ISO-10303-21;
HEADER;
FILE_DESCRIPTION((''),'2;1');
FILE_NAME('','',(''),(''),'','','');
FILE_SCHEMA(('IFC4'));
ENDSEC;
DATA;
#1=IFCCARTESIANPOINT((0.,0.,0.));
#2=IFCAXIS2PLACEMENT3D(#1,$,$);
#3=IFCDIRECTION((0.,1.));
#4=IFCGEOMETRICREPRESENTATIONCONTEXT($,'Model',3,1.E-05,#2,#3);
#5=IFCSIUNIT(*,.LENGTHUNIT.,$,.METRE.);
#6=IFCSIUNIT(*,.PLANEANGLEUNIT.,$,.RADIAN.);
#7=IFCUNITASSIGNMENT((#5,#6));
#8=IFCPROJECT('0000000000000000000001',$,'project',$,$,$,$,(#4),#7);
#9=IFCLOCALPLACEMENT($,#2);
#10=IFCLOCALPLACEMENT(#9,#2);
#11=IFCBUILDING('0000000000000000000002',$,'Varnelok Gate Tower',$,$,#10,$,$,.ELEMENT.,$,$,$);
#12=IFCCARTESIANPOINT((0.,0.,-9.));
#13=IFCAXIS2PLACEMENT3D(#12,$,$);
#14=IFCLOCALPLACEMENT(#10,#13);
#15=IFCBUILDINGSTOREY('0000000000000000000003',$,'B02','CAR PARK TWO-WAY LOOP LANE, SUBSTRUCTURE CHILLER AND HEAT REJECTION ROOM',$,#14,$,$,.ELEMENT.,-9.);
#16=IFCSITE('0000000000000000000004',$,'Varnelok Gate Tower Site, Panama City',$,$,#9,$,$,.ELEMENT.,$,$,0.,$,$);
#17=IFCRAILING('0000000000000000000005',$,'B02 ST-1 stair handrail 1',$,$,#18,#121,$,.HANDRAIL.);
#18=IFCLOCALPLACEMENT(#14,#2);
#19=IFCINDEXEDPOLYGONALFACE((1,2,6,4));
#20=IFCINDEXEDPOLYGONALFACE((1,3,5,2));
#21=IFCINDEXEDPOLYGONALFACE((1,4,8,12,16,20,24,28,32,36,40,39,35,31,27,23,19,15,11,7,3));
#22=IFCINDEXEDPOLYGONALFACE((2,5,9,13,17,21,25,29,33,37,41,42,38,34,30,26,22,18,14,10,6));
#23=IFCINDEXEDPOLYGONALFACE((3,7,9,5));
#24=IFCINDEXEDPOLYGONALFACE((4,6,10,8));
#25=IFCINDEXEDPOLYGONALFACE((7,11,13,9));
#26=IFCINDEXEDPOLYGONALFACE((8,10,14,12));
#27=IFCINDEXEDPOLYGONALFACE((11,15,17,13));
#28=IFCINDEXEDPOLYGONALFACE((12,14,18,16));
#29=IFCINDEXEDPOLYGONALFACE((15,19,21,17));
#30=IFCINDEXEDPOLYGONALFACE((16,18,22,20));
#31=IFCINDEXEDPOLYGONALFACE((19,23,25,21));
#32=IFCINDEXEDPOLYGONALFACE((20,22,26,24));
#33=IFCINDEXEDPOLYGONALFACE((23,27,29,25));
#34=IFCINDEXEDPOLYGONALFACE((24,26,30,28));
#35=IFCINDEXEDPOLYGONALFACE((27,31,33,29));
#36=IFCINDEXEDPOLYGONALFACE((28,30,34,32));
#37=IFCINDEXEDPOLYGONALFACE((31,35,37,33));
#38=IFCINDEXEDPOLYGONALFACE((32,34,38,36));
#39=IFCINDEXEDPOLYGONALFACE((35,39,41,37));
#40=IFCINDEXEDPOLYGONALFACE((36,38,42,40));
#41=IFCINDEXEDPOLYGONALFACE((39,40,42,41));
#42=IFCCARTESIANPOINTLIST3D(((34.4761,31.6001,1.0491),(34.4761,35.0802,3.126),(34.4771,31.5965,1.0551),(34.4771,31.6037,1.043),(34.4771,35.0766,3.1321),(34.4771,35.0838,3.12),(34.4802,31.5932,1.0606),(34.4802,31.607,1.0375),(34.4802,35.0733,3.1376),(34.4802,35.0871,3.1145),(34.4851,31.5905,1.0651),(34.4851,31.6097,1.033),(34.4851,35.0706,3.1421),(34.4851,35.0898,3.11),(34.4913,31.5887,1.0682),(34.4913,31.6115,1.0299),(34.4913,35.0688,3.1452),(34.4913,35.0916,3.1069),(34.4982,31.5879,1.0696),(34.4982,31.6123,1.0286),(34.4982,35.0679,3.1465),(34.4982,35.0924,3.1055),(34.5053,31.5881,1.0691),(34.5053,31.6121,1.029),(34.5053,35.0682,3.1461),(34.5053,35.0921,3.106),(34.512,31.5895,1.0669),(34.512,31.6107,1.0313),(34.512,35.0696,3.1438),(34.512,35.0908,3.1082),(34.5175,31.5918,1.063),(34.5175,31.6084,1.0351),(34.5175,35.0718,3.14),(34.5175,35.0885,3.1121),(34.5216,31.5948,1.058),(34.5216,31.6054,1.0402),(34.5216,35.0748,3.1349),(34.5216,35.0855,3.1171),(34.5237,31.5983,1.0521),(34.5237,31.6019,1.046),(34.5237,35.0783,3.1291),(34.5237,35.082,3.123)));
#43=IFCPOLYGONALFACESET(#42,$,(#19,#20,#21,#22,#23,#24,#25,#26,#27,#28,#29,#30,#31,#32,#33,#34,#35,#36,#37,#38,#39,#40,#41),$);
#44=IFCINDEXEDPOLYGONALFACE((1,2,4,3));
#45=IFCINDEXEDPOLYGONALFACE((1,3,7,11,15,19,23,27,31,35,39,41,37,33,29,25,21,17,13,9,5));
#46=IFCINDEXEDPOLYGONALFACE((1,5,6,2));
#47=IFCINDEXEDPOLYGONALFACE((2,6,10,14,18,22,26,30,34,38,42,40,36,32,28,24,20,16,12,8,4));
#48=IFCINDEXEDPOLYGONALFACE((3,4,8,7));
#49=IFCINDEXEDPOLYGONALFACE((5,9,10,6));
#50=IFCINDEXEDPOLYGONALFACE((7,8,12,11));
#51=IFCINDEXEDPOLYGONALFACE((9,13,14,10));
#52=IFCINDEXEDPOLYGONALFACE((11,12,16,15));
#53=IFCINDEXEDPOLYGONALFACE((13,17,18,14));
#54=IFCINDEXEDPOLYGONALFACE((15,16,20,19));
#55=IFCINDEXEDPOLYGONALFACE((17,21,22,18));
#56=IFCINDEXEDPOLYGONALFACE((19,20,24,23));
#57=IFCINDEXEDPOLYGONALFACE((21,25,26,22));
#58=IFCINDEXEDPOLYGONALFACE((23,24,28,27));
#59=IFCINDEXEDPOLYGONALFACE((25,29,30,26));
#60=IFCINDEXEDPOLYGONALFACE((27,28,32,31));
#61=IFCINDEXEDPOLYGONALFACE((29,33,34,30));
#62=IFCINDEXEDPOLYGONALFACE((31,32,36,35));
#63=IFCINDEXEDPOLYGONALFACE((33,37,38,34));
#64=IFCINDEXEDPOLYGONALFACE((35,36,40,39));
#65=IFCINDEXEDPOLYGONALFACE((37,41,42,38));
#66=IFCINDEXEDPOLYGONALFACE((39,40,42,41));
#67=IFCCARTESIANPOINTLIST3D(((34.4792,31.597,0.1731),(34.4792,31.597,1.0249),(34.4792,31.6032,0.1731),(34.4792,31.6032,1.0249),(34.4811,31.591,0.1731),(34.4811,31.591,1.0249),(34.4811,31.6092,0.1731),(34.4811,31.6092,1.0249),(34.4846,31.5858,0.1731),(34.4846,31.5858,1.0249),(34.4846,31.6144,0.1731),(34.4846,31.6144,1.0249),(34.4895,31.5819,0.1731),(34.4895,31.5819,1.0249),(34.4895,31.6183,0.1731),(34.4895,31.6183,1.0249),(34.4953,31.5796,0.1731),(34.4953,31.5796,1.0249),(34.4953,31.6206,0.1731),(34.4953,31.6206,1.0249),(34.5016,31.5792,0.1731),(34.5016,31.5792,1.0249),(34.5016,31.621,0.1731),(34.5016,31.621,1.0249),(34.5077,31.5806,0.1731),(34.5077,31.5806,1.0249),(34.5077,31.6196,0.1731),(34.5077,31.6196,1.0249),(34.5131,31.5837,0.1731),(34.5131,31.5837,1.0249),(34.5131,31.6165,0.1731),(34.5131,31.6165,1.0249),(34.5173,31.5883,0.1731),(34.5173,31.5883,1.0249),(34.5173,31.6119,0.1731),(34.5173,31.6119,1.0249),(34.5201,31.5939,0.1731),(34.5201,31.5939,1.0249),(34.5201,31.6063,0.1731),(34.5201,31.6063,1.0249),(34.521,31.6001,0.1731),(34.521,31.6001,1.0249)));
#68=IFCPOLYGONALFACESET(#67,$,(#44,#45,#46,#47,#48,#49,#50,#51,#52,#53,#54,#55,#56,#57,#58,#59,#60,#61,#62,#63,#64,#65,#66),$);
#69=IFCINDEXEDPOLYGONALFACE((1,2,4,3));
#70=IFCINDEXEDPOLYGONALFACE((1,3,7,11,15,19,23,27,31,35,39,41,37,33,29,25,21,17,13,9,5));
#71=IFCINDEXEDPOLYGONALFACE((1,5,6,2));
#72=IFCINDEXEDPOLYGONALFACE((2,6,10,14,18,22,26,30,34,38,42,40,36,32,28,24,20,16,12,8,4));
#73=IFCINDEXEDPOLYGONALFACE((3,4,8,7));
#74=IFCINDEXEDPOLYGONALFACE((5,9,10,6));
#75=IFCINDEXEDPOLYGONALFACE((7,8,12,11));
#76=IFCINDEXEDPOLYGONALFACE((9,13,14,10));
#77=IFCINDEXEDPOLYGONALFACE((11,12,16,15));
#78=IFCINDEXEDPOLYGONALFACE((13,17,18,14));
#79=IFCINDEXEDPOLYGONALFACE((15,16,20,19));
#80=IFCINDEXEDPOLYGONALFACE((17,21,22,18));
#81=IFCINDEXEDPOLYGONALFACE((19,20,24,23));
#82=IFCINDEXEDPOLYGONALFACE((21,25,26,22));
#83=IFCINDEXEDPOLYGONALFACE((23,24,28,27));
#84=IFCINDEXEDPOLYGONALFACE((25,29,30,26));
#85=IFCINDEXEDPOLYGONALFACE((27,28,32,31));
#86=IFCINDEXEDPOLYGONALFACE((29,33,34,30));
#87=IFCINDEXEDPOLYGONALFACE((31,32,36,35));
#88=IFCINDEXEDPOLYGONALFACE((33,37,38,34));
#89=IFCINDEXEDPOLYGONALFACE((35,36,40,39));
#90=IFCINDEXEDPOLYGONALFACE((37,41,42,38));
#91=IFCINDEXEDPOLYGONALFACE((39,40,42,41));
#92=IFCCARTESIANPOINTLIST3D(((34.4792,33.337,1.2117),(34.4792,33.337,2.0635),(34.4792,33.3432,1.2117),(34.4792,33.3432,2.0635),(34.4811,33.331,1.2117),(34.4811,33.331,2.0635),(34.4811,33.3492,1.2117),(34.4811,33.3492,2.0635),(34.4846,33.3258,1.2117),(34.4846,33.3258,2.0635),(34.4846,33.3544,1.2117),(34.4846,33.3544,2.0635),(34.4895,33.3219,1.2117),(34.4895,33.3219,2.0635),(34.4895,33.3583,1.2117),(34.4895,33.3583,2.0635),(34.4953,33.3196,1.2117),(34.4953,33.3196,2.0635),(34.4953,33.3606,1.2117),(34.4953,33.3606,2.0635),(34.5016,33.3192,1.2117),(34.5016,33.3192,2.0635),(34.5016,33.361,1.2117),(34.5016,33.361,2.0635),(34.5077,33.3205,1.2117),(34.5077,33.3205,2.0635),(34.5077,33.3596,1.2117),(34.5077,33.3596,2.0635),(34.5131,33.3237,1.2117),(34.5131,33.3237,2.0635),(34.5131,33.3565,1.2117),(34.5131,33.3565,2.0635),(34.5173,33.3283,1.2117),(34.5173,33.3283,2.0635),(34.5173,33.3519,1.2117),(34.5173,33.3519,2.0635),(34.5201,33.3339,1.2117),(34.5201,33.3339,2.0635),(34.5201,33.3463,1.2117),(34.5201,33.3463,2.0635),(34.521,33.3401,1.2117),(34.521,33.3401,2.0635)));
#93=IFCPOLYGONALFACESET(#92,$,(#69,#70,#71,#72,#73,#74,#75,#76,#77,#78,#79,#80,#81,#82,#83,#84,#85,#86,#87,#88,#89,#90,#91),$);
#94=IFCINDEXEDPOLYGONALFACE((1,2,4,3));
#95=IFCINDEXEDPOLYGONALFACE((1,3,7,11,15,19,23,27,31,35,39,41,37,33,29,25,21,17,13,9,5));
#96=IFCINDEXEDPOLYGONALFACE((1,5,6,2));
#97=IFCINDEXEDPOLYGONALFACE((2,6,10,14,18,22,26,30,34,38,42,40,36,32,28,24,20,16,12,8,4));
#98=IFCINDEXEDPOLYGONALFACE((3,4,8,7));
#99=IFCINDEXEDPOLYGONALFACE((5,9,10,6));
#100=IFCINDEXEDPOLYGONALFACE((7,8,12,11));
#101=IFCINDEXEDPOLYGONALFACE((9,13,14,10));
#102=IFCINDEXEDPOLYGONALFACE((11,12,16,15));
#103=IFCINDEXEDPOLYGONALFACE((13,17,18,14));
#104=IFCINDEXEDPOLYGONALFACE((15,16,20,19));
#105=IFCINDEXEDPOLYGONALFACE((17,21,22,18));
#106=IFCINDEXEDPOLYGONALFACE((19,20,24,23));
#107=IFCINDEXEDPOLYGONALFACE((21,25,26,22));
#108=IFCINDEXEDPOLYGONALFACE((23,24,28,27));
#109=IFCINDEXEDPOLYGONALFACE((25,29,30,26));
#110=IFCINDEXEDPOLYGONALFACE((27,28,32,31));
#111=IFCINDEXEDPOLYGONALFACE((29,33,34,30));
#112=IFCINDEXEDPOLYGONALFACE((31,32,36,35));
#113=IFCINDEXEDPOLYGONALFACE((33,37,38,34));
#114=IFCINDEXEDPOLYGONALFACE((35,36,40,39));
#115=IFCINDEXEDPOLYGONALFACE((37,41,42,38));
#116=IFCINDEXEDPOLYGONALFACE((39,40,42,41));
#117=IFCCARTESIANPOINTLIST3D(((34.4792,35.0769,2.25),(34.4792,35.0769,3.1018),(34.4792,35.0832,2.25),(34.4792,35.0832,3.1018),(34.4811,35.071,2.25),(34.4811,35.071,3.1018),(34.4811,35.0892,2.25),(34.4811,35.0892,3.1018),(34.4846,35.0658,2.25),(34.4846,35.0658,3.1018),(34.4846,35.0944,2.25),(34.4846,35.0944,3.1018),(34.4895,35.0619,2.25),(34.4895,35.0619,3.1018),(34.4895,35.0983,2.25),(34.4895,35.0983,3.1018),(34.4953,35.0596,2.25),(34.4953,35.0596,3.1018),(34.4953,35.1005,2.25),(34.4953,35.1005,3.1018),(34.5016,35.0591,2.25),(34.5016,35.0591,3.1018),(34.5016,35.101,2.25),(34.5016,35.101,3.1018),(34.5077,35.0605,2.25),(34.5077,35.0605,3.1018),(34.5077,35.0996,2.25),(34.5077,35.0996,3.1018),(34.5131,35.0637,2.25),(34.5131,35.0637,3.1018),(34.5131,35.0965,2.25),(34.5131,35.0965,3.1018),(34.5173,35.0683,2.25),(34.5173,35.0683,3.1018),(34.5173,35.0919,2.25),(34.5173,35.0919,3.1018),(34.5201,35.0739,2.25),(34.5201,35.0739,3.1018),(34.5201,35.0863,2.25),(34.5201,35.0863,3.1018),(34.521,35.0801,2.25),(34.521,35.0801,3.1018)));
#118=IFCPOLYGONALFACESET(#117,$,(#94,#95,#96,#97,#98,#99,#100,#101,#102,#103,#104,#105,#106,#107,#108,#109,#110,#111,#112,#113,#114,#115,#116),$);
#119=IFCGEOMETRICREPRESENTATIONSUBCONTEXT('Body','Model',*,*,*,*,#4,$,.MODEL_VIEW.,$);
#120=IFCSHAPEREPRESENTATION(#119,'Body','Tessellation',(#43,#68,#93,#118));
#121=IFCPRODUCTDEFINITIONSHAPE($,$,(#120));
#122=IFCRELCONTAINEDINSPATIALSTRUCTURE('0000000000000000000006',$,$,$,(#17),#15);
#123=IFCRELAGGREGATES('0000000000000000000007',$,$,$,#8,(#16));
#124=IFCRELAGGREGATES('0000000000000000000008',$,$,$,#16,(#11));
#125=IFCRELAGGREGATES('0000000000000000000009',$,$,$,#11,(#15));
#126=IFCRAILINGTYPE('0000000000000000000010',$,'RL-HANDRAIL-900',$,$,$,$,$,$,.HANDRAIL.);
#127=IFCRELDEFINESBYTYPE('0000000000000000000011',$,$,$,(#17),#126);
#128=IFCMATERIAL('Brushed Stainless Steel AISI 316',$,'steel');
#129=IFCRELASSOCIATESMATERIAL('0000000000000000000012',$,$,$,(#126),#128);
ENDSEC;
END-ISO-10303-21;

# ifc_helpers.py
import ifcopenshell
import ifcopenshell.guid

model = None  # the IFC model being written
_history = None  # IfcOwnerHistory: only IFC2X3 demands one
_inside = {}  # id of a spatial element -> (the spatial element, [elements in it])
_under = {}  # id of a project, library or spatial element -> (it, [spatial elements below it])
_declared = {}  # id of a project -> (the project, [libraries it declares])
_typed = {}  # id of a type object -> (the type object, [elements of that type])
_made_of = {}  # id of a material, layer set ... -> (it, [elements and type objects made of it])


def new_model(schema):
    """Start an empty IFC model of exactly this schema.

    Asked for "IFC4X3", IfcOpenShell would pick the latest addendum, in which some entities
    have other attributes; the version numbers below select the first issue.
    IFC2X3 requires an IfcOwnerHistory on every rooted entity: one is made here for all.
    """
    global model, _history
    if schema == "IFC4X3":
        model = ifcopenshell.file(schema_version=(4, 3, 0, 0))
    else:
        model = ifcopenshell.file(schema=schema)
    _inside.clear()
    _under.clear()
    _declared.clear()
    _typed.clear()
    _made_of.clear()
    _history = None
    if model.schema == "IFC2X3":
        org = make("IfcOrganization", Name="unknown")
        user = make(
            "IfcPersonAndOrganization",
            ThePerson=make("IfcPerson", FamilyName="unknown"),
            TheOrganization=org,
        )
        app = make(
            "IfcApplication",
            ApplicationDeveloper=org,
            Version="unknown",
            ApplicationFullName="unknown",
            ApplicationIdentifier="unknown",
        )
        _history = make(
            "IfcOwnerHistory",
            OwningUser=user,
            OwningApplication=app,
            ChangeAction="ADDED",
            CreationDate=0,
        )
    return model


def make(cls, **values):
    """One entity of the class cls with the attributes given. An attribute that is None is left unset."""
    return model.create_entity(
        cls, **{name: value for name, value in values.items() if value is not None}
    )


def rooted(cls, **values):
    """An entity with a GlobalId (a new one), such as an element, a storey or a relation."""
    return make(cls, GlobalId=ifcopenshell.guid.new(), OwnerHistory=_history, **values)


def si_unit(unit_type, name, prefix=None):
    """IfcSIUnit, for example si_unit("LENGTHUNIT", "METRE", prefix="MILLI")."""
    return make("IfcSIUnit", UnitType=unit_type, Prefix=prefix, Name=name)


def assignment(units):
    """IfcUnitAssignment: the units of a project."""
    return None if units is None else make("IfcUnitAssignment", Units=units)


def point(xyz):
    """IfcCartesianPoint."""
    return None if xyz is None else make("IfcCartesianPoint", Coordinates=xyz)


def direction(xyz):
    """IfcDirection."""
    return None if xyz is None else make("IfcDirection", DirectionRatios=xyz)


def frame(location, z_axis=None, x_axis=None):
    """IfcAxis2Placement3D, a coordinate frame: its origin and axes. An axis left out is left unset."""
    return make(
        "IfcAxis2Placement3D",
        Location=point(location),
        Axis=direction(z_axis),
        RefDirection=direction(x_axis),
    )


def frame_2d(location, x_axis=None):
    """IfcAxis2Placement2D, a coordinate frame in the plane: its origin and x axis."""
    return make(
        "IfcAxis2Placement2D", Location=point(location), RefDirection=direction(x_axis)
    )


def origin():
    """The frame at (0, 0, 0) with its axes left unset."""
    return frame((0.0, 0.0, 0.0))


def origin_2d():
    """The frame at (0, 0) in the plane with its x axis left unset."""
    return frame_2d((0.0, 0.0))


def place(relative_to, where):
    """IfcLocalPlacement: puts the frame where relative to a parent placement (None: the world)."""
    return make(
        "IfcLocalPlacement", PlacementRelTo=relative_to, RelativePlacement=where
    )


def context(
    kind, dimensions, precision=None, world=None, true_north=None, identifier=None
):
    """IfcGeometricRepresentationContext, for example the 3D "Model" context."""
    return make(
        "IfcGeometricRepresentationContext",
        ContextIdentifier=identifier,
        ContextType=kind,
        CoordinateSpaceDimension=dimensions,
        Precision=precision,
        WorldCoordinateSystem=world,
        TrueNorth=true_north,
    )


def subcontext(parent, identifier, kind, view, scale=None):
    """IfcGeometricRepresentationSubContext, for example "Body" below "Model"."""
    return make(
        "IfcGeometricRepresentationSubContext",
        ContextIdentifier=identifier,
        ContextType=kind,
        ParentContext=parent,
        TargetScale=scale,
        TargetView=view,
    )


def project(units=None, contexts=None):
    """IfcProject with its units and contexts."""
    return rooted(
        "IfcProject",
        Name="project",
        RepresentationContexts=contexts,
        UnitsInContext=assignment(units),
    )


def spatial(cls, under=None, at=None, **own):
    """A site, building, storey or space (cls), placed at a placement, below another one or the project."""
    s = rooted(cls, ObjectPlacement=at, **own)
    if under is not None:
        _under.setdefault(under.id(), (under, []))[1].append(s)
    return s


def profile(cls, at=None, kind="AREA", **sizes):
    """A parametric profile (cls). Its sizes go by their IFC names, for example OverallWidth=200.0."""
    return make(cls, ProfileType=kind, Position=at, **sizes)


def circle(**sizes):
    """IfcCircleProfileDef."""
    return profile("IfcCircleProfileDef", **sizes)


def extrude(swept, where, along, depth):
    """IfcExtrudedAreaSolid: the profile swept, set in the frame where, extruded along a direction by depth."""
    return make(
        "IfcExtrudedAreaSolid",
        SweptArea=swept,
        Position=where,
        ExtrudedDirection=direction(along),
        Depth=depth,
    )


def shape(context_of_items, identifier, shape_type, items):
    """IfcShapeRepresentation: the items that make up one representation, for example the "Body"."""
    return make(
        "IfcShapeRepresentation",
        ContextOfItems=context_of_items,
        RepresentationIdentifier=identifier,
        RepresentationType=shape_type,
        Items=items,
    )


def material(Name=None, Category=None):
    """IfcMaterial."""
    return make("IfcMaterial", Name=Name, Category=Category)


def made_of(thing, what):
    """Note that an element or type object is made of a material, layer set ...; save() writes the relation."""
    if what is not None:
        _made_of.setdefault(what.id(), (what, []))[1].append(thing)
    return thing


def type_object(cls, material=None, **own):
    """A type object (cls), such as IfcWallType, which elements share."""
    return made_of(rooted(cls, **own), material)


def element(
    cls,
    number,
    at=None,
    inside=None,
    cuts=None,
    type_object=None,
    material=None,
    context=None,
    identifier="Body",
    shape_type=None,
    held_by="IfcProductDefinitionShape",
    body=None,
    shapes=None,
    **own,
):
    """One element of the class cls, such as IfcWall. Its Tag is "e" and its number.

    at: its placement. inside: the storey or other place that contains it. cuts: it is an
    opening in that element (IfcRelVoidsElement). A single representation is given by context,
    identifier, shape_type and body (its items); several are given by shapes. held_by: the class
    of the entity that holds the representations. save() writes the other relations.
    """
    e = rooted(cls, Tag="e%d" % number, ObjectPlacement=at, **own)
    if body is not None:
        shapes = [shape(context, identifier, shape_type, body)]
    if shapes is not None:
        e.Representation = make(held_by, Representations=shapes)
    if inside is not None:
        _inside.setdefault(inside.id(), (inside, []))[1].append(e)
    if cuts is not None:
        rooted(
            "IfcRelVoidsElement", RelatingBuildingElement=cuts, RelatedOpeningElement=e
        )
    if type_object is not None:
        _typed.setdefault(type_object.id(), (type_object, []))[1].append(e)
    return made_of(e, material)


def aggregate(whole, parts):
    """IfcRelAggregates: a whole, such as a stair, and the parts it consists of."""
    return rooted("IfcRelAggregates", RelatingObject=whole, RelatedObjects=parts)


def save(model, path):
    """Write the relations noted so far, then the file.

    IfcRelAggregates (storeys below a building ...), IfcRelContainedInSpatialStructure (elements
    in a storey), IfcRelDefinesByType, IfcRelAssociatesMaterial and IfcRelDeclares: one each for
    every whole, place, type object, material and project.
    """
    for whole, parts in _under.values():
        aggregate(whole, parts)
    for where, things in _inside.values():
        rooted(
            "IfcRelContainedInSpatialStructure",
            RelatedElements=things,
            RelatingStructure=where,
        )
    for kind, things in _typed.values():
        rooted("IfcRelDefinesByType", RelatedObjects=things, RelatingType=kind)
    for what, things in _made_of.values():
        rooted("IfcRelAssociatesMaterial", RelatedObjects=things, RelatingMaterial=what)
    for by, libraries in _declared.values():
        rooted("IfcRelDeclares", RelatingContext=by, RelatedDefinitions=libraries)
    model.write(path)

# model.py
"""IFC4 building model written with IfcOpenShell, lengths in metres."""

from ifc_helpers import new_model, si_unit, direction, frame, origin, origin_2d, place, context, subcontext, project, spatial, circle, extrude, material, type_object, element, save


model = new_model("IFC4")

# Units and contexts
model_context = context("Model", 3, precision=1e-05, world=origin(), true_north=direction((0.0, 1.0)))
body_context = subcontext(model_context, "Body", "Model", "MODEL_VIEW")
ifc_project = project(units=[si_unit("LENGTHUNIT", "METRE"), si_unit("PLANEANGLEUNIT", "RADIAN")], contexts=[model_context])

# Site, building, storey
site_placement = place(None, origin())
site = spatial("IfcSite", under=ifc_project, at=site_placement, Name="Varnelok Gate Tower Site, Panama City", CompositionType="ELEMENT", RefElevation=0.0)
building_placement = place(site_placement, origin())
building = spatial("IfcBuilding", under=site, at=building_placement, Name="Varnelok Gate Tower", CompositionType="ELEMENT")
storey_placement = place(building_placement, frame((0.0, 0.0, -9.0)))
storey = spatial("IfcBuildingStorey", under=building, at=storey_placement, Name="B02", Description="CAR PARK TWO-WAY LOOP LANE, SUBSTRUCTURE CHILLER AND HEAT REJECTION ROOM", CompositionType="ELEMENT", Elevation=-9.0)

# Railing
ifc_material_1 = material(Name="Brushed Stainless Steel AISI 316", Category="steel")
railing_type_1 = type_object("IfcRailingType", Name="RL-HANDRAIL-900", PredefinedType="HANDRAIL", material=ifc_material_1)
railing_1_placement = place(storey_placement, frame((34.5, 31.6001, 0.1731)))
element("IfcRailing", 1, at=railing_1_placement, inside=storey, type_object=railing_type_1, Name="B02 ST-1 stair handrail 1", PredefinedType="HANDRAIL", context=body_context, shape_type="SweptSolid", body=[
    extrude(circle(Radius=0.0239, at=origin_2d()), frame((0.0, 0.0, 0.876), z_axis=(0.0, 0.858697, 0.512483), x_axis=(-1.0, 0.0, 0.0)), (0.0, 0.0, 1.0), 4.0527),
    extrude(circle(Radius=0.021, at=origin_2d()), origin(), (0.0, 0.0, 1.0), 0.8518),
    extrude(circle(Radius=0.021, at=origin_2d()), frame((0.0, 1.74, 1.0386)), (0.0, 0.0, 1.0), 0.8518),
    extrude(circle(Radius=0.021, at=origin_2d()), frame((0.0, 3.48, 2.0769)), (0.0, 0.0, 1.0), 0.8518),
])

save(model, "model.ifc")
